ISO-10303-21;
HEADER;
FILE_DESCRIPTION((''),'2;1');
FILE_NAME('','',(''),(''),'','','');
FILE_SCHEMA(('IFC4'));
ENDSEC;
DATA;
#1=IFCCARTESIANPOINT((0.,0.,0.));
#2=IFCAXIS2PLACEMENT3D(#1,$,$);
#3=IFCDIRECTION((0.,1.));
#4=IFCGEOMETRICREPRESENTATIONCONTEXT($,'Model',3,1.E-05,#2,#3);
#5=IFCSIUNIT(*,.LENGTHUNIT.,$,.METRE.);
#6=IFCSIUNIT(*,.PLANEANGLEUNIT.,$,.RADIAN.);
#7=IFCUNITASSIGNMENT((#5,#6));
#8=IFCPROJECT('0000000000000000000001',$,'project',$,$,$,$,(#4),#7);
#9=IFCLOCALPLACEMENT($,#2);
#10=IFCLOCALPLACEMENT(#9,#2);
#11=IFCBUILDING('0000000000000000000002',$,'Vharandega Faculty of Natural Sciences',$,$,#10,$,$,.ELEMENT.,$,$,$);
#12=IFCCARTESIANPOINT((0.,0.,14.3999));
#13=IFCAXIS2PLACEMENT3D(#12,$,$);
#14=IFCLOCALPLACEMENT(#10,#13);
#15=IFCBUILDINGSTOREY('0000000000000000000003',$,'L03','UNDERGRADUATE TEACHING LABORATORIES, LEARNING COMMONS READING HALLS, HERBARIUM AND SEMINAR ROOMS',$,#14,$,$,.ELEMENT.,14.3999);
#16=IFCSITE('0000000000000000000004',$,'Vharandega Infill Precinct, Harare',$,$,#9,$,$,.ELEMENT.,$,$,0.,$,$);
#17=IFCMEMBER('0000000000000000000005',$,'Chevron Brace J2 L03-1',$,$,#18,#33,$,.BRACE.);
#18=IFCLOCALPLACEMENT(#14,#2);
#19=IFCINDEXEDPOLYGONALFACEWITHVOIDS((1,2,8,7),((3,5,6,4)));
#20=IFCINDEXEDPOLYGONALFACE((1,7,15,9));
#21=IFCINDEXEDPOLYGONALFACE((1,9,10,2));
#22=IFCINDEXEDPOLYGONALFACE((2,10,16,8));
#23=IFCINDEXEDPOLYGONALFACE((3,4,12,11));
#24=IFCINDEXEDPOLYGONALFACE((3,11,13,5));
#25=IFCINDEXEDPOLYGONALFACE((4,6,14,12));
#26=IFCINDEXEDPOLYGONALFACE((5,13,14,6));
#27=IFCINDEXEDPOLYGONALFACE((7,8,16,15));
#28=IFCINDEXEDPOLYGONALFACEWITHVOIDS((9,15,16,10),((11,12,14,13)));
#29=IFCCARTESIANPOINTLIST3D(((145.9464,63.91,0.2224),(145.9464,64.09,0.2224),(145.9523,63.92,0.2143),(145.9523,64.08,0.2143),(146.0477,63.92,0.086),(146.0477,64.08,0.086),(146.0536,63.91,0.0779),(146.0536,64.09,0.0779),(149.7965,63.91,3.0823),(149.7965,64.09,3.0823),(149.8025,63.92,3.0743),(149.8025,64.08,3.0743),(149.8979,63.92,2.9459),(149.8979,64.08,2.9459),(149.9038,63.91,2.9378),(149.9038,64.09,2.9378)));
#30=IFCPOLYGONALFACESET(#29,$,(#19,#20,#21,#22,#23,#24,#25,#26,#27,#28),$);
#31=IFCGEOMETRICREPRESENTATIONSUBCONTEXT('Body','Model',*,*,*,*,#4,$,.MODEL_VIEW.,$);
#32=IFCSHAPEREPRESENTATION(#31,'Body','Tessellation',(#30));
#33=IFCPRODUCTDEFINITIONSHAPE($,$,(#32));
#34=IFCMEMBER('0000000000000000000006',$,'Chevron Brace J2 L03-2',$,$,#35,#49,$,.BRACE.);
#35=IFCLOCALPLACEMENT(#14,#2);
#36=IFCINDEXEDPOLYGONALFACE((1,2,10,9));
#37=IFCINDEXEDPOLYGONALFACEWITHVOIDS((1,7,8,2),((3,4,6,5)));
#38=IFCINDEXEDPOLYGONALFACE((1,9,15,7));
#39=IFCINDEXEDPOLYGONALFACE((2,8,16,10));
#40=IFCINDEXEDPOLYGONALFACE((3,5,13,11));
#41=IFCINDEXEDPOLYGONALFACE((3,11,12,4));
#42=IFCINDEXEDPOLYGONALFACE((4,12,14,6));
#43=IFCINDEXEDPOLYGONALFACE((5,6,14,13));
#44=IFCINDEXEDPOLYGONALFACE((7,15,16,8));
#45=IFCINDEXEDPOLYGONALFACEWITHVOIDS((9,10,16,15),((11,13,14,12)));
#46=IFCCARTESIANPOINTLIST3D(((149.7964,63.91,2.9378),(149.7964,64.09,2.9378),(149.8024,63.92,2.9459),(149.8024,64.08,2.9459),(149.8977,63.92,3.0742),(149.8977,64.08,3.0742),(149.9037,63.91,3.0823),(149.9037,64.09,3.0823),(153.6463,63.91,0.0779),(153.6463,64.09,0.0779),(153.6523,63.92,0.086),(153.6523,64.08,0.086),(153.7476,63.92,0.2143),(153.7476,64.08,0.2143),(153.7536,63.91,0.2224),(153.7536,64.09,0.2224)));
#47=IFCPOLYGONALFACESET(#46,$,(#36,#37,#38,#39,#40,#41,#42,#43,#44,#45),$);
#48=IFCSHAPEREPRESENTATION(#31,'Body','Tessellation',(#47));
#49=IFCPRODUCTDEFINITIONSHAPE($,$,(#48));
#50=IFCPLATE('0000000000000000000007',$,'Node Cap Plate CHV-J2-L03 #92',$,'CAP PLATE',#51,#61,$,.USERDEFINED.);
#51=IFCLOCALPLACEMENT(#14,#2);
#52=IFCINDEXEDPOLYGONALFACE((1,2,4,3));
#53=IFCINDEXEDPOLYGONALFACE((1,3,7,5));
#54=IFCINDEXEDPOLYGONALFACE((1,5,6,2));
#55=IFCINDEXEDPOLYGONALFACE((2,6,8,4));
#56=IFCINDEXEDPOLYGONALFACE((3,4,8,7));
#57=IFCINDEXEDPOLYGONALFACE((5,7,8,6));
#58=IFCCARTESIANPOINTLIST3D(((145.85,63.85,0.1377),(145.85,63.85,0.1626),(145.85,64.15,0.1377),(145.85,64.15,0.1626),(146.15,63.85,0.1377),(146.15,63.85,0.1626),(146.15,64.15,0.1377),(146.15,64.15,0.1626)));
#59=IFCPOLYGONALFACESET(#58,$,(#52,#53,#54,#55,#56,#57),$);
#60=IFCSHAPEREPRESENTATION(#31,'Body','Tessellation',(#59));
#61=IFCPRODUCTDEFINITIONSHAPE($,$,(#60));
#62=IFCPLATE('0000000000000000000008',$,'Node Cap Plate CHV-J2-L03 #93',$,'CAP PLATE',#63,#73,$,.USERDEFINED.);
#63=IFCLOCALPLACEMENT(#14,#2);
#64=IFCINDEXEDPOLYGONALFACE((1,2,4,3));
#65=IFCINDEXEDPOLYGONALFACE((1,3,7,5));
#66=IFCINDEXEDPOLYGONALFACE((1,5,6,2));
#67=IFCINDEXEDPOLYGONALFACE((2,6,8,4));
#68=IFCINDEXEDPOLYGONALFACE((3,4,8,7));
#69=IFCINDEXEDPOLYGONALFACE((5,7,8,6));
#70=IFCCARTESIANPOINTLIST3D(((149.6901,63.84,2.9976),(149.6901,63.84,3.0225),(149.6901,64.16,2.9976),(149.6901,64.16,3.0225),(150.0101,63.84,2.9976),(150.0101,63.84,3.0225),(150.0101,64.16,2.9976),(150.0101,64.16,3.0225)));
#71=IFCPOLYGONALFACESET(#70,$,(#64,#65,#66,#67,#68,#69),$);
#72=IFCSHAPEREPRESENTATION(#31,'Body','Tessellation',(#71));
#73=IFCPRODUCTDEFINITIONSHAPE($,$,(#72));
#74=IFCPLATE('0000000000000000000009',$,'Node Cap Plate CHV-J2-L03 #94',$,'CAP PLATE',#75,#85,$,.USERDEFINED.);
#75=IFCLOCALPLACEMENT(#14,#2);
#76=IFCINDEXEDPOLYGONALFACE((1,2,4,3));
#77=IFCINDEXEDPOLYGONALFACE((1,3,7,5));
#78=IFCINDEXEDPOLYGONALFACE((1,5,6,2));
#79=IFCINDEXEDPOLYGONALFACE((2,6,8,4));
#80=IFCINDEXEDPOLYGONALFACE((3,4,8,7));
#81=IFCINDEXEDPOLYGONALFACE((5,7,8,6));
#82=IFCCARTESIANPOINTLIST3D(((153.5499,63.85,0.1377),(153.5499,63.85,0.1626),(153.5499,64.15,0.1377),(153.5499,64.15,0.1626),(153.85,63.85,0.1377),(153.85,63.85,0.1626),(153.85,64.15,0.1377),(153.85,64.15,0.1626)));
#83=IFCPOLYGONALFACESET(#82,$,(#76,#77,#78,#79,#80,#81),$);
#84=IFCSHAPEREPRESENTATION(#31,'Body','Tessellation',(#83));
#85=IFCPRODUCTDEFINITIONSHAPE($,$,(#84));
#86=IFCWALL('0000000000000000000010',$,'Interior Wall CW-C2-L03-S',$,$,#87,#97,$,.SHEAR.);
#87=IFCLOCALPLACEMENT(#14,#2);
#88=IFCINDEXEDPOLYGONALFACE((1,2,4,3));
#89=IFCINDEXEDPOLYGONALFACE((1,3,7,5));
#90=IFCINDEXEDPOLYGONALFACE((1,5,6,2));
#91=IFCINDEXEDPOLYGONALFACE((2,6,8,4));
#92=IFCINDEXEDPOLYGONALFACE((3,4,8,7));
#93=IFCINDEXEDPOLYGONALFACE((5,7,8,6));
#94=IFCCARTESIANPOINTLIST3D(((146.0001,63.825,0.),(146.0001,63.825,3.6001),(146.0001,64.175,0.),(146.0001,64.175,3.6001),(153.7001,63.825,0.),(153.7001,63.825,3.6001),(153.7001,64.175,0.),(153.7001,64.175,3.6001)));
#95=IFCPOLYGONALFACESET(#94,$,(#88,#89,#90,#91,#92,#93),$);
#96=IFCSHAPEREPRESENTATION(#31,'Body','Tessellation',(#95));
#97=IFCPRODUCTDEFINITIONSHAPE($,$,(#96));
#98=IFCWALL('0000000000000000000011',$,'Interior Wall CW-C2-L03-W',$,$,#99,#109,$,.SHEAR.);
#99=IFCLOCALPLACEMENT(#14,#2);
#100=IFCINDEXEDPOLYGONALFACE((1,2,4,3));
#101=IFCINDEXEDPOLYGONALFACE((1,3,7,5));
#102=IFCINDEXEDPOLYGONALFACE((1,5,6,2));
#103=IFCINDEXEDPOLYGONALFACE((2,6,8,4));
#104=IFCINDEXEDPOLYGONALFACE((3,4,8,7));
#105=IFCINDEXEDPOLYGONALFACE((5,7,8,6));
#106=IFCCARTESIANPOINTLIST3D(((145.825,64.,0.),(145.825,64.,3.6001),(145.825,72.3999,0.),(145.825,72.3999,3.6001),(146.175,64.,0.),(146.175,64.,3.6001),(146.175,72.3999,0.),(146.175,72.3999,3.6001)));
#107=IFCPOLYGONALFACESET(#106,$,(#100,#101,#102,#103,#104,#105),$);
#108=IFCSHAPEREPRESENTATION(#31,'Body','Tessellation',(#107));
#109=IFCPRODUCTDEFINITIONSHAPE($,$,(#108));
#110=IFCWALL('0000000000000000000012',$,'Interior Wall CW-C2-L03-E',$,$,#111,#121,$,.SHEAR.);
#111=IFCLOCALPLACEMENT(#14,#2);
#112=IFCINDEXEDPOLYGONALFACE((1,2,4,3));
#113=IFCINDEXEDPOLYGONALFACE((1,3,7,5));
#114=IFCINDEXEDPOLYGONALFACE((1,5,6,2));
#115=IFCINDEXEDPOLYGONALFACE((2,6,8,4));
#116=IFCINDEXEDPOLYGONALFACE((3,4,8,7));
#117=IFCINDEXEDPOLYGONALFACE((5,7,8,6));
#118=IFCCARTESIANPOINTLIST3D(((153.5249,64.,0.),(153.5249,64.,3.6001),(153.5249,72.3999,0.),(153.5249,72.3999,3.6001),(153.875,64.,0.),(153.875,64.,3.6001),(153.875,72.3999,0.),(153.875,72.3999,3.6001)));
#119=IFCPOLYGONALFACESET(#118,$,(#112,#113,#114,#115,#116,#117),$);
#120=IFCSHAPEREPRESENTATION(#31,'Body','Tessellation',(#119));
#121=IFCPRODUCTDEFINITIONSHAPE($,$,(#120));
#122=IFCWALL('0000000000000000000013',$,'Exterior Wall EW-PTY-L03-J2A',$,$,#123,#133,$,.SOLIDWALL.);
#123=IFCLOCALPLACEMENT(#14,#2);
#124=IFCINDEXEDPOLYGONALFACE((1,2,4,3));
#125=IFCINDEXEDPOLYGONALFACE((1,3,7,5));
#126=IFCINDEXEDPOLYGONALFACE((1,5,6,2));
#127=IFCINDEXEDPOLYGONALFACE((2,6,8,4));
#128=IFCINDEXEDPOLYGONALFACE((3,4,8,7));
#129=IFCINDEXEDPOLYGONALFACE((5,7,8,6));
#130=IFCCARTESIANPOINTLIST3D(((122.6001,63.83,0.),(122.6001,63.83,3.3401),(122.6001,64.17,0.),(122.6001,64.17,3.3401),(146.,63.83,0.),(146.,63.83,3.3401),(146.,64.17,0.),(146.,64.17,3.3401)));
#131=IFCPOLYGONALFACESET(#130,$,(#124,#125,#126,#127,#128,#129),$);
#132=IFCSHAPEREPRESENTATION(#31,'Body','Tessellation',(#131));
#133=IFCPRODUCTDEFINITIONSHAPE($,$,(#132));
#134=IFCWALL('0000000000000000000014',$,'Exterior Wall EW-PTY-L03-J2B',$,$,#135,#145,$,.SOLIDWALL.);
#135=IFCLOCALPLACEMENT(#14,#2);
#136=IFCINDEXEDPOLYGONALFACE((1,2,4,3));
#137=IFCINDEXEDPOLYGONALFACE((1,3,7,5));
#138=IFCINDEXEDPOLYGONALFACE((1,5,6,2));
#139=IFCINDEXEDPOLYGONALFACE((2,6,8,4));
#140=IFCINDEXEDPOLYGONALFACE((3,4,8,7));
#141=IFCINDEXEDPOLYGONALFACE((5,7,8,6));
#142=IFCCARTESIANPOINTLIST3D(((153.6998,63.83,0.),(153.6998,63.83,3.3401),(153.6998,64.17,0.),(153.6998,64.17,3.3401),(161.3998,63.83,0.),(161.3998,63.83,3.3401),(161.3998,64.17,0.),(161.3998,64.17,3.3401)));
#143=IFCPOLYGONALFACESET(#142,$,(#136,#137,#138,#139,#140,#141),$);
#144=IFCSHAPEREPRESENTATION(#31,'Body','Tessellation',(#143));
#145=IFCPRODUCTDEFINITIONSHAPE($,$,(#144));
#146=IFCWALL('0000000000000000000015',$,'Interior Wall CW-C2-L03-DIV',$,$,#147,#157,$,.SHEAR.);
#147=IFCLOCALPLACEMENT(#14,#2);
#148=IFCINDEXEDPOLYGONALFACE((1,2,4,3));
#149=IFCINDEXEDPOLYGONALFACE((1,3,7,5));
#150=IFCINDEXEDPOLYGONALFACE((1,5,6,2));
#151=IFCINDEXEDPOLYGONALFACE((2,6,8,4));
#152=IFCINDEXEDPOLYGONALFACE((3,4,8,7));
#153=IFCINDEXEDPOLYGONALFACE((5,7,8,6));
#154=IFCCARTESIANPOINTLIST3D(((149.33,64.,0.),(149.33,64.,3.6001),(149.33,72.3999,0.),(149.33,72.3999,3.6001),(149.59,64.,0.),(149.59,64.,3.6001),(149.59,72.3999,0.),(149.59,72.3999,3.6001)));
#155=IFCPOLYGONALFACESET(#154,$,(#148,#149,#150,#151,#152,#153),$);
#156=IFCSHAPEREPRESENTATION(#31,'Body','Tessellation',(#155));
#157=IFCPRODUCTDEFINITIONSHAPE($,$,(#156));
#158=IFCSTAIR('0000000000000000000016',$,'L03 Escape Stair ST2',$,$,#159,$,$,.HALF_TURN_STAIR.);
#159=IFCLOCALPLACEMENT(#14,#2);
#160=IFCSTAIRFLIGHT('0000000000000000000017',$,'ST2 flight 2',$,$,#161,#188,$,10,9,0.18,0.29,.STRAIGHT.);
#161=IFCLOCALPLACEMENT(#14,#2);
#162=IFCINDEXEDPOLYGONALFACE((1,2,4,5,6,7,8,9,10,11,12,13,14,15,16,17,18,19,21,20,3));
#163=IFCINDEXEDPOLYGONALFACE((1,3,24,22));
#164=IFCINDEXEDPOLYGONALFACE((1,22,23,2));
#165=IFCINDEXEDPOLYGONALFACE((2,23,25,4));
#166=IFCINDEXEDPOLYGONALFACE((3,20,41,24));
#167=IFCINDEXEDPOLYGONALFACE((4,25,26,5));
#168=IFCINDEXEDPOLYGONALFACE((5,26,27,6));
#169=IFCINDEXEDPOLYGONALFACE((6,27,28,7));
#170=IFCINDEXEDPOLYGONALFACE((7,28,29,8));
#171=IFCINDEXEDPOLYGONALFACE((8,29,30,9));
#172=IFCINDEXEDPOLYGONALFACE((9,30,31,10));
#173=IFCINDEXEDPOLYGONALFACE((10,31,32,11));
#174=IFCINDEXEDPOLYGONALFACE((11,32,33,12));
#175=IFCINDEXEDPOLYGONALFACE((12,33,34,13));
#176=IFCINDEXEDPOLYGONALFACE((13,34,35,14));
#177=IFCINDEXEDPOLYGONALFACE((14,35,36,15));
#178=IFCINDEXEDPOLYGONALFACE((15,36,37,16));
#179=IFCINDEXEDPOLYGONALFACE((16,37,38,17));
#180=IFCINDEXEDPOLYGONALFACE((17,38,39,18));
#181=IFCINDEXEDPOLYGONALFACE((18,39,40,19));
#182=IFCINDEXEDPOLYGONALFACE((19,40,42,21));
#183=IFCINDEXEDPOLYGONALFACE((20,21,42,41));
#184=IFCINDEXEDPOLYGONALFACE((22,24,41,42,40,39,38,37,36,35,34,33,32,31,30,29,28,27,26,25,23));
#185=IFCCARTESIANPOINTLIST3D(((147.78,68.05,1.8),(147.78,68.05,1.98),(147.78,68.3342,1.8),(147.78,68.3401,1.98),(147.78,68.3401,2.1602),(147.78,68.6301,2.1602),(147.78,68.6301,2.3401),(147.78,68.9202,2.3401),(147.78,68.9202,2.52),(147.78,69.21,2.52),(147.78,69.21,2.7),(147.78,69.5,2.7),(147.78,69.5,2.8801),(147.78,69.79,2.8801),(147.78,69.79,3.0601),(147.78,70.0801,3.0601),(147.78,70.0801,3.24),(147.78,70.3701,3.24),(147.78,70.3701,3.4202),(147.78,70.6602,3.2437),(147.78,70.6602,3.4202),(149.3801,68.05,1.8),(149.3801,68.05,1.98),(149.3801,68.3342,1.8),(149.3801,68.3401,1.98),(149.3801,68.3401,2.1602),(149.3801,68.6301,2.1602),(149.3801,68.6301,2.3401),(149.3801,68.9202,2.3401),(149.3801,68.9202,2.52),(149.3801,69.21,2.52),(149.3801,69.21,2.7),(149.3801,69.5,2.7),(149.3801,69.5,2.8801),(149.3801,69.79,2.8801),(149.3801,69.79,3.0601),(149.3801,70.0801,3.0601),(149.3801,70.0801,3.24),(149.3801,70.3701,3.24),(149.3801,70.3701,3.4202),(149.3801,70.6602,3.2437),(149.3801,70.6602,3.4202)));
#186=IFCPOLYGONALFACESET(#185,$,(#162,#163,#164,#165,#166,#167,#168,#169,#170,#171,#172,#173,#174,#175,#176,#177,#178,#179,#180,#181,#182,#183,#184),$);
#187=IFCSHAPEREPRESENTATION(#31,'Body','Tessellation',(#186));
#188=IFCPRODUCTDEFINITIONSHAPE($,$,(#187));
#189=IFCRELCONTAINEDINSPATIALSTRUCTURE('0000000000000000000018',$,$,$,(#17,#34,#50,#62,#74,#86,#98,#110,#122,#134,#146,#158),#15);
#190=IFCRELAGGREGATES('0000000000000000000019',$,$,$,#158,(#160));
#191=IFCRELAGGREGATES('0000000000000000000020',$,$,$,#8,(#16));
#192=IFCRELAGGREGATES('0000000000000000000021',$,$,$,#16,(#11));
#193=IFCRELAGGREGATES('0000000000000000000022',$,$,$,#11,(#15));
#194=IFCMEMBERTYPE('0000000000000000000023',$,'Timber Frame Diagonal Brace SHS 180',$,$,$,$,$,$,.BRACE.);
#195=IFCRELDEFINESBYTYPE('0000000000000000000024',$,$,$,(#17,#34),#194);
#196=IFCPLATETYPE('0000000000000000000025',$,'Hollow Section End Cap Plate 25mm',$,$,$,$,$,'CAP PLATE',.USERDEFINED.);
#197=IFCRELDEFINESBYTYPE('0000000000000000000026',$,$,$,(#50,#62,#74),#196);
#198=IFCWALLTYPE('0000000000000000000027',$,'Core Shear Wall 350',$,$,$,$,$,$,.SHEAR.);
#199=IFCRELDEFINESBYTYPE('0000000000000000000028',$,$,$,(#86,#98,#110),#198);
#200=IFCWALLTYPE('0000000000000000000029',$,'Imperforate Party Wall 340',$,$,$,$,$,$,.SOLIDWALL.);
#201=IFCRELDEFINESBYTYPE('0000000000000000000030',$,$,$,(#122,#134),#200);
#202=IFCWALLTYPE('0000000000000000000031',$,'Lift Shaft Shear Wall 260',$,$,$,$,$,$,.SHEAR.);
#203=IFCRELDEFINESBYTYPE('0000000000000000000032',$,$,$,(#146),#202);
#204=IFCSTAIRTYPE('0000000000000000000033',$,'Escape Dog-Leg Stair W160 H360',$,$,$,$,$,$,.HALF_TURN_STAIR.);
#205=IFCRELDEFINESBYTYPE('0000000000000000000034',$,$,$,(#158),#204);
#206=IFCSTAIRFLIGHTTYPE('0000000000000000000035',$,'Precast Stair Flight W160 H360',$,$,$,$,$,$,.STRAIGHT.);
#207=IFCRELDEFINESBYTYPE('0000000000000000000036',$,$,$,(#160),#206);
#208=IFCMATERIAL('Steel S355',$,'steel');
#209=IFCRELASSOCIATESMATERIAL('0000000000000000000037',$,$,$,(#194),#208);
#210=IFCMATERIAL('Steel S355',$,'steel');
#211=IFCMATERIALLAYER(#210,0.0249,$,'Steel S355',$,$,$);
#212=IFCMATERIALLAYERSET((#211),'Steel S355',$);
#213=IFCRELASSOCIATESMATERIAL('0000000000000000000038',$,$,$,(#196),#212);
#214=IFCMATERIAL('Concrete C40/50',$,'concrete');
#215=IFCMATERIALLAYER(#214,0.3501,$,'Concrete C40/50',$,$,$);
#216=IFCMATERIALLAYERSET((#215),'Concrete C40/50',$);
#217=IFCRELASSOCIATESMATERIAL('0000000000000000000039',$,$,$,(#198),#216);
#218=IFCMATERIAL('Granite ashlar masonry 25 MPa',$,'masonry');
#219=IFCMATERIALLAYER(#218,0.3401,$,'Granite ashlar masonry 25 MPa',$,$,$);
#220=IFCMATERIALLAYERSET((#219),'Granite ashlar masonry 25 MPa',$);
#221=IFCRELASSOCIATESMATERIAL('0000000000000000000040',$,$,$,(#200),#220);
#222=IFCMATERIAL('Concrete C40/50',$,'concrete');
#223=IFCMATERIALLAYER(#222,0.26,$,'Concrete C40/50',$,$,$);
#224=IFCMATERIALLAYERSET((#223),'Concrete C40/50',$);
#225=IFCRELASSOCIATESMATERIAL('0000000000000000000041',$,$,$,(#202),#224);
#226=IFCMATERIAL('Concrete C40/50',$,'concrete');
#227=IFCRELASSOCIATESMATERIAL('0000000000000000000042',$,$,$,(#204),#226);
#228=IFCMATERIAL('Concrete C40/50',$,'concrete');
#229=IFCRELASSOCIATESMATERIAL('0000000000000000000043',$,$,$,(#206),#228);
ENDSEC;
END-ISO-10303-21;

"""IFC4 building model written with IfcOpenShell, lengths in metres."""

from ifc_helpers import new_model, si_unit, direction, frame, frame_2d, origin, origin_2d, place, context, subcontext, project, spatial, polyline, rectangle, hollow_rectangle, outline, extrude, material, layer, layer_set, material_profile, profile_set, type_object, element, aggregate, save


model = new_model("IFC4")

# Units and contexts
model_context = context("Model", 3, precision=1e-05, world=origin(), true_north=direction((0.0, 1.0)))
body_context = subcontext(model_context, "Body", "Model", "MODEL_VIEW")
ifc_project = project(units=[si_unit("LENGTHUNIT", "METRE"), si_unit("PLANEANGLEUNIT", "RADIAN")], contexts=[model_context])

# Site, building, storey
site_placement = place(None, origin())
site = spatial("IfcSite", under=ifc_project, at=site_placement, Name="Vharandega Infill Precinct, Harare", CompositionType="ELEMENT", RefElevation=0.0)
building_placement = place(site_placement, origin())
building = spatial("IfcBuilding", under=site, at=building_placement, Name="Vharandega Faculty of Natural Sciences", CompositionType="ELEMENT")
storey_placement = place(building_placement, frame((0.0, 0.0, 14.3999)))
storey = spatial("IfcBuildingStorey", under=building, at=storey_placement, Name="L03", Description="UNDERGRADUATE TEACHING LABORATORIES, LEARNING COMMONS READING HALLS, HERBARIUM AND SEMINAR ROOMS", CompositionType="ELEMENT", Elevation=14.3999)

# Members
ifc_material_1 = material(Name="Steel S355", Category="steel")
ifc_material_profile_1 = material_profile(ifc_material_1, hollow_rectangle(XDim=0.1799, YDim=0.1799, WallThickness=0.01, at=origin_2d()), Name="SHS 180x180x10")
ifc_profile_set_1 = profile_set([ifc_material_profile_1], Name="Steel S355")
member_type = type_object("IfcMemberType", Name="Timber Frame Diagonal Brace SHS 180", PredefinedType="BRACE", material=ifc_profile_set_1)
member_1_placement = place(storey_placement, frame((146.0, 64.0, 0.1501), z_axis=(0.802765, 0.0, 0.596296), x_axis=(0.0, 1.0, 0.0)))
element("IfcMember", 1, at=member_1_placement, inside=storey, type_object=member_type, Name="Chevron Brace J2 L03-1", PredefinedType="BRACE", context=body_context, shape_type="SweptSolid", body=[
    extrude(hollow_rectangle(XDim=0.1799, YDim=0.1799, WallThickness=0.01, at=origin_2d()), origin(), (0.0, 0.0, 1.0), 4.7961),
])
member_2_placement = place(storey_placement, frame((153.7, 64.0, 0.1501), z_axis=(-0.802747, 0.0, 0.59632), x_axis=(0.0, -1.0, 0.0)))
element("IfcMember", 2, at=member_2_placement, inside=storey, type_object=member_type, Name="Chevron Brace J2 L03-2", PredefinedType="BRACE", context=body_context, shape_type="SweptSolid", body=[
    extrude(hollow_rectangle(XDim=0.1799, YDim=0.1799, WallThickness=0.01, at=origin_2d()), origin(), (0.0, 0.0, 1.0), 4.7959),
])

# Plates
ifc_material_2 = material(Name="Steel S355", Category="steel")
ifc_layer_1 = layer(ifc_material_2, 0.0249, Name="Steel S355")
ifc_layer_set_1 = layer_set([ifc_layer_1], Name="Steel S355")
plate_type = type_object("IfcPlateType", Name="Hollow Section End Cap Plate 25mm", ElementType="CAP PLATE", PredefinedType="USERDEFINED", material=ifc_layer_set_1)
plate_1_placement = place(storey_placement, frame((146.0, 64.0, 0.1377), z_axis=(0.0, 0.0, 1.0), x_axis=(1.0, 0.0, 0.0)))
element("IfcPlate", 3, at=plate_1_placement, inside=storey, type_object=plate_type, Name="Node Cap Plate CHV-J2-L03 #92", ObjectType="CAP PLATE", PredefinedType="USERDEFINED", context=body_context, shape_type="SweptSolid", body=[
    extrude(rectangle(XDim=0.3, YDim=0.3, at=origin_2d()), origin(), (0.0, 0.0, 1.0), 0.0249),
])
plate_2_placement = place(storey_placement, frame((149.8501, 64.0, 2.9976), z_axis=(0.0, 0.0, 1.0), x_axis=(1.0, 0.0, 0.0)))
element("IfcPlate", 4, at=plate_2_placement, inside=storey, type_object=plate_type, Name="Node Cap Plate CHV-J2-L03 #93", ObjectType="CAP PLATE", PredefinedType="USERDEFINED", context=body_context, shape_type="SweptSolid", body=[
    extrude(rectangle(XDim=0.3201, YDim=0.3201, at=origin_2d()), origin(), (0.0, 0.0, 1.0), 0.0249),
])
plate_3_placement = place(storey_placement, frame((153.7, 64.0, 0.1377), z_axis=(0.0, 0.0, 1.0), x_axis=(1.0, 0.0, 0.0)))
element("IfcPlate", 5, at=plate_3_placement, inside=storey, type_object=plate_type, Name="Node Cap Plate CHV-J2-L03 #94", ObjectType="CAP PLATE", PredefinedType="USERDEFINED", context=body_context, shape_type="SweptSolid", body=[
    extrude(rectangle(XDim=0.3, YDim=0.3, at=origin_2d()), origin(), (0.0, 0.0, 1.0), 0.0249),
])

# Walls
ifc_material_3 = material(Name="Concrete C40/50", Category="concrete")
ifc_layer_2 = layer(ifc_material_3, 0.3501, Name="Concrete C40/50")
ifc_layer_set_2 = layer_set([ifc_layer_2], Name="Concrete C40/50")
wall_type_1 = type_object("IfcWallType", Name="Core Shear Wall 350", PredefinedType="SHEAR", material=ifc_layer_set_2)
wall_1_placement = place(storey_placement, frame((146.0, 64.0, 0.0), z_axis=(0.0, 0.0, 1.0), x_axis=(1.0, 0.0, 0.0)))
element("IfcWall", 6, at=wall_1_placement, inside=storey, type_object=wall_type_1, Name="Interior Wall CW-C2-L03-S", PredefinedType="SHEAR", context=body_context, shape_type="SweptSolid", body=[
    extrude(rectangle(XDim=7.7, YDim=0.3501, at=frame_2d((3.8501, 0.0))), origin(), (0.0, 0.0, 1.0), 3.6001),
])
for number, where, z_axis, x_axis, name in (
    (7, (146.0, 64.0, 0.0), (0.0, 0.0, 1.0), (0.0, 1.0, 0.0), "Interior Wall CW-C2-L03-W"),
    (8, (153.7, 64.0, 0.0), (0.0, 0.0, 1.0), (0.0, 1.0, 0.0), "Interior Wall CW-C2-L03-E"),
):
    element("IfcWall", number, at=place(storey_placement, frame(where, z_axis=z_axis, x_axis=x_axis)), inside=storey, type_object=wall_type_1, Name=name, PredefinedType="SHEAR", context=body_context, shape_type="SweptSolid", body=[
        extrude(rectangle(XDim=8.3999, YDim=0.3501, at=frame_2d((4.2, 0.0))), origin(), (0.0, 0.0, 1.0), 3.6001),
    ])
ifc_material_4 = material(Name="Granite ashlar masonry 25 MPa", Category="masonry")
ifc_layer_3 = layer(ifc_material_4, 0.3401, Name="Granite ashlar masonry 25 MPa")
ifc_layer_set_3 = layer_set([ifc_layer_3], Name="Granite ashlar masonry 25 MPa")
wall_type_2 = type_object("IfcWallType", Name="Imperforate Party Wall 340", PredefinedType="SOLIDWALL", material=ifc_layer_set_3)
wall_2_placement = place(storey_placement, frame((146.0, 64.0, 0.0), z_axis=(0.0, 0.0, 1.0), x_axis=(-1.0, 0.0, 0.0)))
element("IfcWall", 9, at=wall_2_placement, inside=storey, type_object=wall_type_2, Name="Exterior Wall EW-PTY-L03-J2A", PredefinedType="SOLIDWALL", context=body_context, shape_type="SweptSolid", body=[
    extrude(rectangle(XDim=23.3999, YDim=0.3401, at=frame_2d((11.7, 0.0))), origin(), (0.0, 0.0, 1.0), 3.3401),
])
wall_3_placement = place(storey_placement, frame((161.3999, 64.0, 0.0), z_axis=(0.0, 0.0, 1.0), x_axis=(-1.0, 0.0, 0.0)))
element("IfcWall", 10, at=wall_3_placement, inside=storey, type_object=wall_type_2, Name="Exterior Wall EW-PTY-L03-J2B", PredefinedType="SOLIDWALL", context=body_context, shape_type="SweptSolid", body=[
    extrude(rectangle(XDim=7.7, YDim=0.3401, at=frame_2d((3.8501, 0.0))), origin(), (0.0, 0.0, 1.0), 3.3401),
])
ifc_material_5 = material(Name="Concrete C40/50", Category="concrete")
ifc_layer_4 = layer(ifc_material_5, 0.26, Name="Concrete C40/50")
ifc_layer_set_4 = layer_set([ifc_layer_4], Name="Concrete C40/50")
wall_type_3 = type_object("IfcWallType", Name="Lift Shaft Shear Wall 260", PredefinedType="SHEAR", material=ifc_layer_set_4)
wall_4_placement = place(storey_placement, frame((149.46, 64.0, 0.0), z_axis=(0.0, 0.0, 1.0), x_axis=(0.0, 1.0, 0.0)))
element("IfcWall", 11, at=wall_4_placement, inside=storey, type_object=wall_type_3, Name="Interior Wall CW-C2-L03-DIV", PredefinedType="SHEAR", context=body_context, shape_type="SweptSolid", body=[
    extrude(rectangle(XDim=8.3999, YDim=0.26, at=frame_2d((4.2, 0.0))), origin(), (0.0, 0.0, 1.0), 3.6001),
])

# Stair, stair flight
ifc_material_6 = material(Name="Concrete C40/50", Category="concrete")
stair_type = type_object("IfcStairType", Name="Escape Dog-Leg Stair W160 H360", PredefinedType="HALF_TURN_STAIR", material=ifc_material_6)
stair_placement = place(storey_placement, origin())
stair = element("IfcStair", 12, at=stair_placement, inside=storey, type_object=stair_type, Name="L03 Escape Stair ST2", PredefinedType="HALF_TURN_STAIR")
ifc_material_7 = material(Name="Concrete C40/50", Category="concrete")
stair_flight_type = type_object("IfcStairFlightType", Name="Precast Stair Flight W160 H360", PredefinedType="STRAIGHT", material=ifc_material_7)
stair_flight_placement = place(storey_placement, frame((148.5801, 68.05, 1.8), z_axis=(0.0, 0.0, 1.0), x_axis=(0.0, 1.0, 0.0)))
stair_flight = element("IfcStairFlight", 13, at=stair_flight_placement, type_object=stair_flight_type, Name="ST2 flight 2", NumberOfRisers=10, NumberOfTreads=9, PredefinedType="STRAIGHT", RiserHeight=0.18, TreadLength=0.29, context=body_context, shape_type="SweptSolid", body=[
    extrude(outline(polyline([(0.0, 0.0), (0.0, 0.1799), (0.29, 0.1799), (0.29, 0.3601), (0.5801, 0.3601), (0.5801, 0.54), (0.8701, 0.54), (0.8701, 0.72), (1.1599, 0.72), (1.1599, 0.8999), (1.45, 0.8999), (1.45, 1.0801), (1.74, 1.0801), (1.74, 1.26), (2.03, 1.26), (2.03, 1.4399), (2.3201, 1.4399), (2.3201, 1.6201), (2.6101, 1.6201), (2.6101, 1.8), (2.6101, 1.4436), (0.2842, 0.0), (0.0, 0.0)])), frame((0.0, 0.8, 0.0), z_axis=(0.0, -1.0, 0.0), x_axis=(1.0, 0.0, 0.0)), (0.0, 0.0, 1.0), 1.6001),
])
aggregate(stair, [stair_flight])

save(model, "model.ifc")
